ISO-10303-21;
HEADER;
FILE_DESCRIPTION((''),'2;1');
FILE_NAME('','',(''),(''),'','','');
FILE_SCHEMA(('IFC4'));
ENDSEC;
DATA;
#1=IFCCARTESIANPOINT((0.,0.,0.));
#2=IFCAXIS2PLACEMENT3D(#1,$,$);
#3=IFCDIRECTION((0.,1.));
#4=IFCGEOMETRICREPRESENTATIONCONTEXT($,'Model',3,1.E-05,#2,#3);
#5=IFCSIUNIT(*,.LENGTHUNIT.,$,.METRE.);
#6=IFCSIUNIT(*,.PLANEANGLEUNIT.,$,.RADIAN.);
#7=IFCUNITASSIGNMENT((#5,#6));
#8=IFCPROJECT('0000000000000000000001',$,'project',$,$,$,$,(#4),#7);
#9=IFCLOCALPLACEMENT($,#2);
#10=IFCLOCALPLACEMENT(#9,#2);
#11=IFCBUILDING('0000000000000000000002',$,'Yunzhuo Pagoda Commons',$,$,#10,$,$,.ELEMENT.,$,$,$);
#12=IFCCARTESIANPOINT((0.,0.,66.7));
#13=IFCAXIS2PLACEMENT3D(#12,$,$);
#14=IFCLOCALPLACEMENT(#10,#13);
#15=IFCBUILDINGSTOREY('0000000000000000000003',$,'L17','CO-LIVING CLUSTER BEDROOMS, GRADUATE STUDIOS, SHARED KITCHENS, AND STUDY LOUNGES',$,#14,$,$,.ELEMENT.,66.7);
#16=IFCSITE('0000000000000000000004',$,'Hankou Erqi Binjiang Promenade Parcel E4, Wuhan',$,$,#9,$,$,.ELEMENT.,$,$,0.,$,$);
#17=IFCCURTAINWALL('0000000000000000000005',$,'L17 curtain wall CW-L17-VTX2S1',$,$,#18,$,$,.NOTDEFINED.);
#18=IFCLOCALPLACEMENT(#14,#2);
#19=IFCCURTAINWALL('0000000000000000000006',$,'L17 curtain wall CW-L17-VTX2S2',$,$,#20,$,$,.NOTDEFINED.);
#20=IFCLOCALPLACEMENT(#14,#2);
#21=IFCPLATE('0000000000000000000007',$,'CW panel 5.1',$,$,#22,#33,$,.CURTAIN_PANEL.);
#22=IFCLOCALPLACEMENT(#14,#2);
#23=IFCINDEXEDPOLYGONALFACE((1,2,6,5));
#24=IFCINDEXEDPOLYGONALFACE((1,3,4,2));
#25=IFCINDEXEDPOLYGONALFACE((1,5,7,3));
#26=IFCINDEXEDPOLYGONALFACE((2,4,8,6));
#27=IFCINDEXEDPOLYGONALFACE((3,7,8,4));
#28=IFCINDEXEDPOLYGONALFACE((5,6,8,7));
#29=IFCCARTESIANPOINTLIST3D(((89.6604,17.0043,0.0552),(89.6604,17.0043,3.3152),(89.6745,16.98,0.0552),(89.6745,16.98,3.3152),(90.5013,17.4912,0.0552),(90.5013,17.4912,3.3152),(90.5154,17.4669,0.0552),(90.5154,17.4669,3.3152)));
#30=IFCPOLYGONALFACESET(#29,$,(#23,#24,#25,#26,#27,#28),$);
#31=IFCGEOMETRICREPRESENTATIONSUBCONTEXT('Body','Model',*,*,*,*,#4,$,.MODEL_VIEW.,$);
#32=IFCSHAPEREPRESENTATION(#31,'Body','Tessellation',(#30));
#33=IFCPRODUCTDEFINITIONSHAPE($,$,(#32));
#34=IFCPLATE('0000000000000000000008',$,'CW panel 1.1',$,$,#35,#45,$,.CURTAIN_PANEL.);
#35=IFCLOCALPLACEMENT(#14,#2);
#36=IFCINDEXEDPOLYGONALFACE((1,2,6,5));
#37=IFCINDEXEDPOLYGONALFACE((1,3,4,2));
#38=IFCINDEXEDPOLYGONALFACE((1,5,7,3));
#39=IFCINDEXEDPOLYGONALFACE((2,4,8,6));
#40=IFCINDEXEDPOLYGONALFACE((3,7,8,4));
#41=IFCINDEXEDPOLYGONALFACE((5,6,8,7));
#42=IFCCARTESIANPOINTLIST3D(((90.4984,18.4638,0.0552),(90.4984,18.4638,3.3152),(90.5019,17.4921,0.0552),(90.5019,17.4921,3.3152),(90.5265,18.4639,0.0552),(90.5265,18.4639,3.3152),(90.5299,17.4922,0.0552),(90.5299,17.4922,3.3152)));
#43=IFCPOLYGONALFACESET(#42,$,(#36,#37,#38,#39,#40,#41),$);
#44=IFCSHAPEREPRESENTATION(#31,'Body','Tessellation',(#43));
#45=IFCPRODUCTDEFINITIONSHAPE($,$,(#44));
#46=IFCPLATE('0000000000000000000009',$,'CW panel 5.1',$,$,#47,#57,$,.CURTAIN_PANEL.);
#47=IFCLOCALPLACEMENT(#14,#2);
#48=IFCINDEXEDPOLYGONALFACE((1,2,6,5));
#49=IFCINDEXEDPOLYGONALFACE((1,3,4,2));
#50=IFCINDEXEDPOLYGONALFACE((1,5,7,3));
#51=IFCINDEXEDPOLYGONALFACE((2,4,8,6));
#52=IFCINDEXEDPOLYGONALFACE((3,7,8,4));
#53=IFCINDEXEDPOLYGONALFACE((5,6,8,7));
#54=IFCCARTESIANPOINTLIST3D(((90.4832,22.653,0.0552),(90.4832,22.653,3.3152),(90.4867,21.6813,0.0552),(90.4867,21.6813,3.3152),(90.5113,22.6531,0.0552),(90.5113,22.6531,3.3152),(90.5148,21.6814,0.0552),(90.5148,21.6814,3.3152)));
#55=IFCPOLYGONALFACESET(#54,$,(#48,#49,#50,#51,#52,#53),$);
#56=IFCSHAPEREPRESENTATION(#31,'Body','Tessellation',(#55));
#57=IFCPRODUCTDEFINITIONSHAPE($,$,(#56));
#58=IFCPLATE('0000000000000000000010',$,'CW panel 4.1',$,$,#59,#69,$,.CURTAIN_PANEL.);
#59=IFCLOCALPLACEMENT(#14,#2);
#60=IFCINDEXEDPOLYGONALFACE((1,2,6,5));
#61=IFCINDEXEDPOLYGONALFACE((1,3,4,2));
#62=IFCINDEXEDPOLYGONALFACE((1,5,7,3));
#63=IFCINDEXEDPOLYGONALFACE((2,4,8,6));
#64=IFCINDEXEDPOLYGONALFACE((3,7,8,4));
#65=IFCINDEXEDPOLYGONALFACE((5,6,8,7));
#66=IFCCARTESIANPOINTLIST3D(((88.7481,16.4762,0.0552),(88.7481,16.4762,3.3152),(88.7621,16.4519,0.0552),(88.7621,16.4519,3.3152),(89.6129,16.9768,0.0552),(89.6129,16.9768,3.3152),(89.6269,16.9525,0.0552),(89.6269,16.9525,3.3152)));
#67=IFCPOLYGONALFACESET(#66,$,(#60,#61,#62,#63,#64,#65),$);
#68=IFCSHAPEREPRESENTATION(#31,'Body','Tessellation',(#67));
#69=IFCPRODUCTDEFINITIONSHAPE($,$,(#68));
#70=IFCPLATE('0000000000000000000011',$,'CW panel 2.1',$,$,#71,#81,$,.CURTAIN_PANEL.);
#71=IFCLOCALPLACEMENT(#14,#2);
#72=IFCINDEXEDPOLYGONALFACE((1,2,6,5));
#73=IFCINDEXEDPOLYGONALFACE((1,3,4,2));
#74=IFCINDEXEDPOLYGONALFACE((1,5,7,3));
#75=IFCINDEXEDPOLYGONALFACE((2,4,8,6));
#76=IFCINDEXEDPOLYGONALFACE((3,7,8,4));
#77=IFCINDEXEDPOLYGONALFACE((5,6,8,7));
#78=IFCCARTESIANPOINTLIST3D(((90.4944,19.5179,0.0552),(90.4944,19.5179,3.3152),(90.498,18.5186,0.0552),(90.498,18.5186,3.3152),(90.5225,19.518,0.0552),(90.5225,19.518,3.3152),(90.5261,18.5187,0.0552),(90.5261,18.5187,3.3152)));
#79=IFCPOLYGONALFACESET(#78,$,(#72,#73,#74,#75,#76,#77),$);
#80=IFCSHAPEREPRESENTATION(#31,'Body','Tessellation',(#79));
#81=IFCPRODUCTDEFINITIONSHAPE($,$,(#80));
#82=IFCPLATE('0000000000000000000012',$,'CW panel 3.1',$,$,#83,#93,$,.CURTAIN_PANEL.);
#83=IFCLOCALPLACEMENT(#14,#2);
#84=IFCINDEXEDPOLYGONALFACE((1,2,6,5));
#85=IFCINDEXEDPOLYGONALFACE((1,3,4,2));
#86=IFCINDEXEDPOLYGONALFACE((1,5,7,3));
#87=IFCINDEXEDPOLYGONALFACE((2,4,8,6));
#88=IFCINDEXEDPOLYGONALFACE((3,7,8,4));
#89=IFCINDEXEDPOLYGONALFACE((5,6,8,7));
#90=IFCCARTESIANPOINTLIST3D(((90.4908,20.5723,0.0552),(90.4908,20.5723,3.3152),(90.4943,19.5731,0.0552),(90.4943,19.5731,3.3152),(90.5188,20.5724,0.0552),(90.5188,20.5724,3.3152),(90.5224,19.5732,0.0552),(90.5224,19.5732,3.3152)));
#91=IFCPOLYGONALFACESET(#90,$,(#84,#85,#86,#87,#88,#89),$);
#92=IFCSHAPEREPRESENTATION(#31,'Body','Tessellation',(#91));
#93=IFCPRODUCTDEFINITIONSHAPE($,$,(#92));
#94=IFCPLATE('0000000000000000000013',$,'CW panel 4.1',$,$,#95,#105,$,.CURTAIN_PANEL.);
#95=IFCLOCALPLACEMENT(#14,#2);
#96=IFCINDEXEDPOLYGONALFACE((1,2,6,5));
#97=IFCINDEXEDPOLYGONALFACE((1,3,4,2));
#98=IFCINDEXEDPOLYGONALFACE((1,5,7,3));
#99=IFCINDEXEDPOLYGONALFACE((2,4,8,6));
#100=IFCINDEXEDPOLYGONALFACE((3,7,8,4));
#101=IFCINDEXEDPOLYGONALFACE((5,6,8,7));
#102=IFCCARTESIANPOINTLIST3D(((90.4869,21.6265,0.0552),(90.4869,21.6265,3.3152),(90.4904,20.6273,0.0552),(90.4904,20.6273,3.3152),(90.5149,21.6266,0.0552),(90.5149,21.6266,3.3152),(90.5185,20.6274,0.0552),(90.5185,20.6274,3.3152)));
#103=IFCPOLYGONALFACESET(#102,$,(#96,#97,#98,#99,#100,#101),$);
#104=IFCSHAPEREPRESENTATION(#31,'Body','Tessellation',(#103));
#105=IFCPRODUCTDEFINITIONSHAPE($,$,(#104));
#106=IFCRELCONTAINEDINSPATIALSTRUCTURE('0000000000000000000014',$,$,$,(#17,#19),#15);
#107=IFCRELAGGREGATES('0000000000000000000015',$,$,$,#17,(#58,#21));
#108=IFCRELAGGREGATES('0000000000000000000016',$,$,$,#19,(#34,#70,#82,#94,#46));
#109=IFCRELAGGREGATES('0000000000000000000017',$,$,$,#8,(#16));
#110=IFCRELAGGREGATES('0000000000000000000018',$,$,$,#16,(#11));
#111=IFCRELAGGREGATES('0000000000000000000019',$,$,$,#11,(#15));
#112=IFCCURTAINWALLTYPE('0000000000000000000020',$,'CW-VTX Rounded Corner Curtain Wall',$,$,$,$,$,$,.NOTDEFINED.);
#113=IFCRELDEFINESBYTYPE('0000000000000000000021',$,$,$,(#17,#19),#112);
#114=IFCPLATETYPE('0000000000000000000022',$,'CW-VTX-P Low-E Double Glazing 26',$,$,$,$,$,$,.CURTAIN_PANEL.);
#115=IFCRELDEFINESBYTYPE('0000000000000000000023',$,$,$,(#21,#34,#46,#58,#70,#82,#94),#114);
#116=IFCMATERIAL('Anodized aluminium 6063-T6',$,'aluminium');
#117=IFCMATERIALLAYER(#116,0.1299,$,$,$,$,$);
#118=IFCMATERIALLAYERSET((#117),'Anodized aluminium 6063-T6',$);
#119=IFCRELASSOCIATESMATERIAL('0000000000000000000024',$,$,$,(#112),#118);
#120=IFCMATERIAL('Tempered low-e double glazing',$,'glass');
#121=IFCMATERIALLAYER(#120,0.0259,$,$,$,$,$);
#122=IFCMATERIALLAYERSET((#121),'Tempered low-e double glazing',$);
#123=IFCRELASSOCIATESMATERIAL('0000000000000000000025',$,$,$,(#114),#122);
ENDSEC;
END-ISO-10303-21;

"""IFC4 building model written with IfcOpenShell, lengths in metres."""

from ifc_helpers import new_model, si_unit, direction, frame, origin, origin_2d, place, context, subcontext, project, spatial, rectangle, extrude, source, transform, mapped, material, layer, layer_set, type_object, element, aggregate, save


model = new_model("IFC4")

# Units and contexts
model_context = context("Model", 3, precision=1e-05, world=origin(), true_north=direction((0.0, 1.0)))
body_context = subcontext(model_context, "Body", "Model", "MODEL_VIEW")
ifc_project = project(units=[si_unit("LENGTHUNIT", "METRE"), si_unit("PLANEANGLEUNIT", "RADIAN")], contexts=[model_context])

# Site, building, storey
site_placement = place(None, origin())
site = spatial("IfcSite", under=ifc_project, at=site_placement, Name="Hankou Erqi Binjiang Promenade Parcel E4, Wuhan", CompositionType="ELEMENT", RefElevation=0.0)
building_placement = place(site_placement, origin())
building = spatial("IfcBuilding", under=site, at=building_placement, Name="Yunzhuo Pagoda Commons", CompositionType="ELEMENT")
storey_placement = place(building_placement, frame((0.0, 0.0, 66.7)))
storey = spatial("IfcBuildingStorey", under=building, at=storey_placement, Name="L17", Description="CO-LIVING CLUSTER BEDROOMS, GRADUATE STUDIOS, SHARED KITCHENS, AND STUDY LOUNGES", CompositionType="ELEMENT", Elevation=66.7)

# Curtain wall
ifc_material_1 = material(Name="Anodized aluminium 6063-T6", Category="aluminium")
ifc_layer_1 = layer(ifc_material_1, 0.1299)
ifc_layer_set_1 = layer_set([ifc_layer_1], Name="Anodized aluminium 6063-T6")
curtain_wall_type_1 = type_object("IfcCurtainWallType", Name="CW-VTX Rounded Corner Curtain Wall", PredefinedType="NOTDEFINED", material=ifc_layer_set_1)
curtain_wall_1_placement = place(storey_placement, origin())
curtain_wall_1 = element("IfcCurtainWall", 1, at=curtain_wall_1_placement, inside=storey, type_object=curtain_wall_type_1, Name="L17 curtain wall CW-L17-VTX2S1", PredefinedType="NOTDEFINED")

# Curtain wall
curtain_wall_2_placement = place(storey_placement, origin())
curtain_wall_2 = element("IfcCurtainWall", 2, at=curtain_wall_2_placement, inside=storey, type_object=curtain_wall_type_1, Name="L17 curtain wall CW-L17-VTX2S2", PredefinedType="NOTDEFINED")

# Plates
ifc_material_2 = material(Name="Tempered low-e double glazing", Category="glass")
ifc_layer_2 = layer(ifc_material_2, 0.0259)
ifc_layer_set_2 = layer_set([ifc_layer_2], Name="Tempered low-e double glazing")
plate_type_1 = type_object("IfcPlateType", Name="CW-VTX-P Low-E Double Glazing 26", PredefinedType="CURTAIN_PANEL", material=ifc_layer_set_2)
shared_shape_1 = source(origin(), body_context, "Body", "SweptSolid", [
    extrude(rectangle(XDim=0.9717, YDim=0.0281, at=origin_2d()), origin(), (0.0, 0.0, 1.0), 3.26),
])
plate_1_placement = place(storey_placement, frame((90.0879, 17.2356, 0.0552), z_axis=(0.0, 0.0, 1.0), x_axis=(0.865425, 0.501039, 0.0)))
plate_1 = element("IfcPlate", 3, at=plate_1_placement, type_object=plate_type_1, Name="CW panel 5.1", PredefinedType="CURTAIN_PANEL", context=body_context, shape_type="MappedRepresentation", body=[
    mapped(shared_shape_1, transform((0.0, 0.0, 0.0), scale=1.0)),
])
plate_2_placement = place(storey_placement, frame((90.5142, 17.978, 0.0552), z_axis=(0.0, 0.0, 1.0), x_axis=(-0.003586, 0.999994, 0.0)))
plate_2 = element("IfcPlate", 4, at=plate_2_placement, type_object=plate_type_1, Name="CW panel 1.1", PredefinedType="CURTAIN_PANEL", context=body_context, shape_type="MappedRepresentation", body=[
    mapped(shared_shape_1, transform((0.0, 0.0, 0.0), scale=1.0)),
])
plate_3_placement = place(storey_placement, frame((90.499, 22.1672, 0.0552), z_axis=(0.0, 0.0, 1.0), x_axis=(-0.003586, 0.999994, 0.0)))
plate_3 = element("IfcPlate", 5, at=plate_3_placement, type_object=plate_type_1, Name="CW panel 5.1", PredefinedType="CURTAIN_PANEL", context=body_context, shape_type="MappedRepresentation", body=[
    mapped(shared_shape_1, transform((0.0, 0.0, 0.0), scale=1.0)),
])
shared_shape_2 = source(origin(), body_context, "Body", "SweptSolid", [
    extrude(rectangle(XDim=0.9993, YDim=0.0281, at=origin_2d()), origin(), (0.0, 0.0, 1.0), 3.26),
])
plate_4_placement = place(storey_placement, frame((89.1875, 16.7144, 0.0552), z_axis=(0.0, 0.0, 1.0), x_axis=(0.865425, 0.501039, 0.0)))
plate_4 = element("IfcPlate", 6, at=plate_4_placement, type_object=plate_type_1, Name="CW panel 4.1", PredefinedType="CURTAIN_PANEL", context=body_context, shape_type="MappedRepresentation", body=[
    mapped(shared_shape_2, transform((0.0, 0.0, 0.0), scale=1.0)),
])
aggregate(curtain_wall_1, [plate_4, plate_1])
plate_5_placement = place(storey_placement, frame((90.5103, 19.0183, 0.0552), z_axis=(0.0, 0.0, 1.0), x_axis=(-0.003586, 0.999994, 0.0)))
plate_5 = element("IfcPlate", 7, at=plate_5_placement, type_object=plate_type_1, Name="CW panel 2.1", PredefinedType="CURTAIN_PANEL", context=body_context, shape_type="MappedRepresentation", body=[
    mapped(shared_shape_2, transform((0.0, 0.0, 0.0), scale=1.0)),
])
plate_6_placement = place(storey_placement, frame((90.5066, 20.0728, 0.0552), z_axis=(0.0, 0.0, 1.0), x_axis=(-0.003586, 0.999994, 0.0)))
plate_6 = element("IfcPlate", 8, at=plate_6_placement, type_object=plate_type_1, Name="CW panel 3.1", PredefinedType="CURTAIN_PANEL", context=body_context, shape_type="MappedRepresentation", body=[
    mapped(shared_shape_2, transform((0.0, 0.0, 0.0), scale=1.0)),
])
plate_7_placement = place(storey_placement, frame((90.5027, 21.127, 0.0552), z_axis=(0.0, 0.0, 1.0), x_axis=(-0.003586, 0.999994, 0.0)))
plate_7 = element("IfcPlate", 9, at=plate_7_placement, type_object=plate_type_1, Name="CW panel 4.1", PredefinedType="CURTAIN_PANEL", context=body_context, shape_type="MappedRepresentation", body=[
    mapped(shared_shape_2, transform((0.0, 0.0, 0.0), scale=1.0)),
])
aggregate(curtain_wall_2, [plate_2, plate_5, plate_6, plate_7, plate_3])

save(model, "model.ifc")
